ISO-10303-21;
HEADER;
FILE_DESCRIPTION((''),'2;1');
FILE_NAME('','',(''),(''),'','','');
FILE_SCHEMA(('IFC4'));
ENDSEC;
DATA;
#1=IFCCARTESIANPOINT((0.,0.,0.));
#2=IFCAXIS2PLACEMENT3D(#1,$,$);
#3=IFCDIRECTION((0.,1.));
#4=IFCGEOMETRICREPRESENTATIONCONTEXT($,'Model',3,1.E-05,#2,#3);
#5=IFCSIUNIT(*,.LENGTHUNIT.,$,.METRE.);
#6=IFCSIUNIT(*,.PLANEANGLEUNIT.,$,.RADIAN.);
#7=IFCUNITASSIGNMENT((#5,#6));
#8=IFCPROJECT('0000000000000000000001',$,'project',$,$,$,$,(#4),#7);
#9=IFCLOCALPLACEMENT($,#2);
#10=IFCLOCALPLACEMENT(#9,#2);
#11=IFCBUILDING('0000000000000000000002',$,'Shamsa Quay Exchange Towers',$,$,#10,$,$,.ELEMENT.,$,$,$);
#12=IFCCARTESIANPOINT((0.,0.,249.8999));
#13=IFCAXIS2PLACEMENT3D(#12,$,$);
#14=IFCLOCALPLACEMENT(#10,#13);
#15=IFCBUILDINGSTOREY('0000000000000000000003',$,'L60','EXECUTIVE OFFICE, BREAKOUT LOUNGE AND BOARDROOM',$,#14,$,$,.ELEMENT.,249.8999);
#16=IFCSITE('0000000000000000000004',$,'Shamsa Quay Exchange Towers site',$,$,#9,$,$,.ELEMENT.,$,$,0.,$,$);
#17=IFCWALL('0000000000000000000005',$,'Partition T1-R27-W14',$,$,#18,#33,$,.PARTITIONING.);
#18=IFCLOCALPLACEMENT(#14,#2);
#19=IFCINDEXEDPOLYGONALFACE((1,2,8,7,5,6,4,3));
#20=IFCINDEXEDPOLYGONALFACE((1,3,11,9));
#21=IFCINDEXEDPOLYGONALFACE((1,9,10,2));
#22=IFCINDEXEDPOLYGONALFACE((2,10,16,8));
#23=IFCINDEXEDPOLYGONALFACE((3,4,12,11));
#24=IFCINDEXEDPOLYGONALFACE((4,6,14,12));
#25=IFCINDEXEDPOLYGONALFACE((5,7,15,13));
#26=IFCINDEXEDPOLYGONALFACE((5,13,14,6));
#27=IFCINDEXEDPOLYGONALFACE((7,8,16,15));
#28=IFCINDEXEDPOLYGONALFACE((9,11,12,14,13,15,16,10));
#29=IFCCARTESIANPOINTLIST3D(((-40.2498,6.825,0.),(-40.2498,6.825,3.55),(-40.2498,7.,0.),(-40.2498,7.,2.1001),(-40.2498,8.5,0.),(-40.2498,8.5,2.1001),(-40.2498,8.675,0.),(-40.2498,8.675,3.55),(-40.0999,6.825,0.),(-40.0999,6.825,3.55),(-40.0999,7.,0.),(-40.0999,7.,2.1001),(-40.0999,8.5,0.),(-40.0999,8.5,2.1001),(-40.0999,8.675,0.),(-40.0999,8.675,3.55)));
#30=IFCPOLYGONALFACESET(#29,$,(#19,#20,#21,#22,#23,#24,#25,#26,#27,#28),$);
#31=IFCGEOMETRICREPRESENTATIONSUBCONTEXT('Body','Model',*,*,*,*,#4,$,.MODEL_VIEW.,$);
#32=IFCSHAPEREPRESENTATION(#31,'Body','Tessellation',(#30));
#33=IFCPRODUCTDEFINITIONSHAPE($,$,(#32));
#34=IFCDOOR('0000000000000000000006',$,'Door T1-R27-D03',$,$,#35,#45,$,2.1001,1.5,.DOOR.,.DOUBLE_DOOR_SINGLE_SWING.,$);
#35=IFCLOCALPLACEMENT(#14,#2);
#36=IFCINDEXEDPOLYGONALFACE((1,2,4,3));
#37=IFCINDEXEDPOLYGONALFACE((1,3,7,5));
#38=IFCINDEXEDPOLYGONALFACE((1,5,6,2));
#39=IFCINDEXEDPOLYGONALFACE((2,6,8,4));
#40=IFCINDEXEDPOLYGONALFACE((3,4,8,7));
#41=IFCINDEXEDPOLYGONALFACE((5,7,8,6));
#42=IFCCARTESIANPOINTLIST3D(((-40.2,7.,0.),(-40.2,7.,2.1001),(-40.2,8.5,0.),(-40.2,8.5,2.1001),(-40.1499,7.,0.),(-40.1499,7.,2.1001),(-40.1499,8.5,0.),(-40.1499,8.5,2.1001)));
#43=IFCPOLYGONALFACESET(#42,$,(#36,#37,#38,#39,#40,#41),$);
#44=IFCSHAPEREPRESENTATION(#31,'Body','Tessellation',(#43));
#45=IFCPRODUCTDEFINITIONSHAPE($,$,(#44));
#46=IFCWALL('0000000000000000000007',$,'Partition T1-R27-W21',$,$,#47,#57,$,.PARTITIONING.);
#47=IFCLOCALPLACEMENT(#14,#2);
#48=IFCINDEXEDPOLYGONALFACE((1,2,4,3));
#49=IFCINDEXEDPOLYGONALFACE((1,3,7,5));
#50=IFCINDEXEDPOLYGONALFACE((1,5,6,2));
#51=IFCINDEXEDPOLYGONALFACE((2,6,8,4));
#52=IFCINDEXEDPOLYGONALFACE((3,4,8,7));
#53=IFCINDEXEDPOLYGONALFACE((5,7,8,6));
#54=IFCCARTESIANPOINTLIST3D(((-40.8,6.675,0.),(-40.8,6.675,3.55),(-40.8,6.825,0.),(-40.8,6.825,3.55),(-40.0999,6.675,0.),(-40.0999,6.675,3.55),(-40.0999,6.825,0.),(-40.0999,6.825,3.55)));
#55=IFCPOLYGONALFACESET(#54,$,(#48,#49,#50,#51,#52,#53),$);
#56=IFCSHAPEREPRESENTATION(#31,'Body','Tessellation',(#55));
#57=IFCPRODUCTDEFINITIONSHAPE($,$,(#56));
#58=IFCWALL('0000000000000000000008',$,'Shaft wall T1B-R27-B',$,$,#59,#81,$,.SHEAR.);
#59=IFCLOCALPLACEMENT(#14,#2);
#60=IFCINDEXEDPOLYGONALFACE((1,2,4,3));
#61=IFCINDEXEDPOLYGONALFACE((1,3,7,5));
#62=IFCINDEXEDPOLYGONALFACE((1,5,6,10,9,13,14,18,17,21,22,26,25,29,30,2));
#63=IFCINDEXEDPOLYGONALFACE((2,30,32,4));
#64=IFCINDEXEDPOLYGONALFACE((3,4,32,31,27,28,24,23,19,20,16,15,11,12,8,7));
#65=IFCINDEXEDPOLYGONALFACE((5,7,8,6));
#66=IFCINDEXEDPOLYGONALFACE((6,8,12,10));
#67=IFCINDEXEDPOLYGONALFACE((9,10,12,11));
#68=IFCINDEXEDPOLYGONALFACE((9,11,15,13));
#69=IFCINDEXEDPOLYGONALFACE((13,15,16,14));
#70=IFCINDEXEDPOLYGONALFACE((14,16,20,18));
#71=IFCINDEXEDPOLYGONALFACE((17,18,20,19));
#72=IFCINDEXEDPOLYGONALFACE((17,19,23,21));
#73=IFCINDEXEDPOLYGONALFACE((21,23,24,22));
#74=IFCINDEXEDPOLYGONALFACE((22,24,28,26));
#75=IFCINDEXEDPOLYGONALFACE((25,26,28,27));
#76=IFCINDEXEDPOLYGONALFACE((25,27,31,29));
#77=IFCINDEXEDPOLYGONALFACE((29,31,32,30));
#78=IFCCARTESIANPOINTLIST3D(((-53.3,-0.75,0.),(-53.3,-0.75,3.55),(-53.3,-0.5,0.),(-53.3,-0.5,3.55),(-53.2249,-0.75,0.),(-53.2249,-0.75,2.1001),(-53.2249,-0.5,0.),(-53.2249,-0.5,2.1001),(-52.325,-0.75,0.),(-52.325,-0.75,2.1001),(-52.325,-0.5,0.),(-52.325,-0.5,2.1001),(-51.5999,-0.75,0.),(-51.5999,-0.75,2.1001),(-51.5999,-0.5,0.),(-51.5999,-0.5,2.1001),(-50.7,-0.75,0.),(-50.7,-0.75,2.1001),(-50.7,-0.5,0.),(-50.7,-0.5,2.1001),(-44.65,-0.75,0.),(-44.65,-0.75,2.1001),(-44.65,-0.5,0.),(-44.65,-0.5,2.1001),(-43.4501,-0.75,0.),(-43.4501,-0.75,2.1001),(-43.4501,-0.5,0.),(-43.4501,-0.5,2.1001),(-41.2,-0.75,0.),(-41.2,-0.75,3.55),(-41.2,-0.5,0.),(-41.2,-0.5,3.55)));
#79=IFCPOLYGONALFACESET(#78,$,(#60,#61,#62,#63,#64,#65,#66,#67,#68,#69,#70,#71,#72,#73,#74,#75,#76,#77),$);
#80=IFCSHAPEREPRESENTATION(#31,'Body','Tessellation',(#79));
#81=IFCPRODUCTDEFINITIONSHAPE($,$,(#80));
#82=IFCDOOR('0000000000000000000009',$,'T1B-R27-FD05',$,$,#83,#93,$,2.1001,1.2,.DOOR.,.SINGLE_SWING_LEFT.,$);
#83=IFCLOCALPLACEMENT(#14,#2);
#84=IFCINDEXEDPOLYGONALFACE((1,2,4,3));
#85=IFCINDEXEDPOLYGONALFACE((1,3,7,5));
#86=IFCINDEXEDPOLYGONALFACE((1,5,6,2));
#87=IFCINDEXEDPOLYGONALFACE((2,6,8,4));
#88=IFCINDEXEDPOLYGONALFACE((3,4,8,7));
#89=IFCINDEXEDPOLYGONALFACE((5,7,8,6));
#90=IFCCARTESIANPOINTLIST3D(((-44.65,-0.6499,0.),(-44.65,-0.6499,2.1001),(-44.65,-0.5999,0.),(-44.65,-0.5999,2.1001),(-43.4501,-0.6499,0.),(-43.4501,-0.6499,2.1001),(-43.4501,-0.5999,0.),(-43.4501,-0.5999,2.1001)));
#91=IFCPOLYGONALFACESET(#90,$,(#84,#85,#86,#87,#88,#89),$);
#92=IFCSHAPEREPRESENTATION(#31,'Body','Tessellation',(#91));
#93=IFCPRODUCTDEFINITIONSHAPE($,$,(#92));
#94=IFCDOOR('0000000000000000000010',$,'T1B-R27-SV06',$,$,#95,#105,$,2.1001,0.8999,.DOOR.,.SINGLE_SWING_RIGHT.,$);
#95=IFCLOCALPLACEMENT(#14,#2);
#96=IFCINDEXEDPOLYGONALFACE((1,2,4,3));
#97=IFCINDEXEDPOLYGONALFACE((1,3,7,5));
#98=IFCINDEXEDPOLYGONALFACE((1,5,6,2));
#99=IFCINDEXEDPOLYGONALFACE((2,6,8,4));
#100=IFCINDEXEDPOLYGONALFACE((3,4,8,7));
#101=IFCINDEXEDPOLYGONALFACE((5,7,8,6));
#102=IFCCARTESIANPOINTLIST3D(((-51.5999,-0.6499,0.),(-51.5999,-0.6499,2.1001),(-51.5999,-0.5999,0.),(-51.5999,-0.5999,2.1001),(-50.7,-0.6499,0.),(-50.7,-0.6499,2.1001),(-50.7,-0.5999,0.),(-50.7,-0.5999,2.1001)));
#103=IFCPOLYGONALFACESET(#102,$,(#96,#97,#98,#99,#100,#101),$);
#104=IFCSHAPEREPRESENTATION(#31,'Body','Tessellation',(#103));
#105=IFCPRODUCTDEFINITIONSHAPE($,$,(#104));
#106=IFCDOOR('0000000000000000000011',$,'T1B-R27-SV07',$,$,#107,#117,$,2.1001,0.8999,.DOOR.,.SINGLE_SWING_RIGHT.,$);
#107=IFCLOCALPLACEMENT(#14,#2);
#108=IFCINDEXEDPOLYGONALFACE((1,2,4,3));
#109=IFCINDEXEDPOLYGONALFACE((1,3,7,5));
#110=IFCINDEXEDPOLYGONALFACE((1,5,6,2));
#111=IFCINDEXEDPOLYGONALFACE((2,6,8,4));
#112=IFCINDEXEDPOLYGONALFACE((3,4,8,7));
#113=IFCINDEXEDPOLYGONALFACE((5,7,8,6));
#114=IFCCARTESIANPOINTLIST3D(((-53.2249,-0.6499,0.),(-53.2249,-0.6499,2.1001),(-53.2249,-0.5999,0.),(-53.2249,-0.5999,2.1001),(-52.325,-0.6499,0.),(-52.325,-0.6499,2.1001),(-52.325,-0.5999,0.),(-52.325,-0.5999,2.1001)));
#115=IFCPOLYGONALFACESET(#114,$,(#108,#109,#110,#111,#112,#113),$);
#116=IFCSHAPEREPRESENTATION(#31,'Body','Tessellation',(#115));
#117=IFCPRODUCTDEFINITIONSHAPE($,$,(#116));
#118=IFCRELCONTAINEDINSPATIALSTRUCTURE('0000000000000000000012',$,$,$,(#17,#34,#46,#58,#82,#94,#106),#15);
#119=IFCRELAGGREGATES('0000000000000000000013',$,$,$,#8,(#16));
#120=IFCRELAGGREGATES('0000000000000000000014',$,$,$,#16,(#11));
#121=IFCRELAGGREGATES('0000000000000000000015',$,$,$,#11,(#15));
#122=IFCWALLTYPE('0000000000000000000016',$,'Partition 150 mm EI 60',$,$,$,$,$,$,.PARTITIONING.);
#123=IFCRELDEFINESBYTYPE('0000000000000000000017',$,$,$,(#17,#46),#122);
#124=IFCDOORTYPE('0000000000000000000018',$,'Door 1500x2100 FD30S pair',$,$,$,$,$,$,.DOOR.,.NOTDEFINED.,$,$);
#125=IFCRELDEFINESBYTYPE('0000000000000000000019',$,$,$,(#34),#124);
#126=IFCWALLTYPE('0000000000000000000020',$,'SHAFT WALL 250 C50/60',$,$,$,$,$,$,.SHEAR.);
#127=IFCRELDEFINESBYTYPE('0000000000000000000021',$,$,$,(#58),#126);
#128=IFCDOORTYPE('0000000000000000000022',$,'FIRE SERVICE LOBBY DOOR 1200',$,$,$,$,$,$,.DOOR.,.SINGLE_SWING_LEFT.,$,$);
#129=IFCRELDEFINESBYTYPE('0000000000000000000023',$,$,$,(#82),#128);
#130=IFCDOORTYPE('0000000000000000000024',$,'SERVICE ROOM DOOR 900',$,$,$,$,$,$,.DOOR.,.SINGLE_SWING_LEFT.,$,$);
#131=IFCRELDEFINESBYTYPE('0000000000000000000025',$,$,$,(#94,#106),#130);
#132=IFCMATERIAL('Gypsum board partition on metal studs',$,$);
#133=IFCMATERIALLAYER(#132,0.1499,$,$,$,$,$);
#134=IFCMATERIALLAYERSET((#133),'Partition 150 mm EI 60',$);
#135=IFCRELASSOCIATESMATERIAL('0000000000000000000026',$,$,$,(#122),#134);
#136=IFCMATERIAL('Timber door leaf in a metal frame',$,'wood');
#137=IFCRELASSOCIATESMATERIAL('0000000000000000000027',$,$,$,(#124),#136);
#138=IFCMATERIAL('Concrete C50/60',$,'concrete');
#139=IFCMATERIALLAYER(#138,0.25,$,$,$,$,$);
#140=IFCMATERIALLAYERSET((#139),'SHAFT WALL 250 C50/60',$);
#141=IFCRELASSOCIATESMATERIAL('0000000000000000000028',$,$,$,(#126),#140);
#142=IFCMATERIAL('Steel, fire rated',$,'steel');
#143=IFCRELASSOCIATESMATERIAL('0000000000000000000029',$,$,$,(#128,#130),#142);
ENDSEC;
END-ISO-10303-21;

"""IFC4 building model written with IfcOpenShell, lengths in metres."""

from ifc_helpers import new_model, si_unit, direction, frame, frame_2d, origin, place, context, subcontext, project, spatial, rectangle, extrude, material, layer, layer_set, type_object, element, fill, save


model = new_model("IFC4")

# Units and contexts
model_context = context("Model", 3, precision=1e-05, world=origin(), true_north=direction((0.0, 1.0)))
body_context = subcontext(model_context, "Body", "Model", "MODEL_VIEW")
ifc_project = project(units=[si_unit("LENGTHUNIT", "METRE"), si_unit("PLANEANGLEUNIT", "RADIAN")], contexts=[model_context])

# Site, building, storey
site_placement = place(None, origin())
site = spatial("IfcSite", under=ifc_project, at=site_placement, Name="Shamsa Quay Exchange Towers site", CompositionType="ELEMENT", RefElevation=0.0)
building_placement = place(site_placement, origin())
building = spatial("IfcBuilding", under=site, at=building_placement, Name="Shamsa Quay Exchange Towers", CompositionType="ELEMENT")
storey_placement = place(building_placement, frame((0.0, 0.0, 249.8999)))
storey = spatial("IfcBuildingStorey", under=building, at=storey_placement, Name="L60", Description="EXECUTIVE OFFICE, BREAKOUT LOUNGE AND BOARDROOM", CompositionType="ELEMENT", Elevation=249.8999)

# Shared definitions
ifc_material_1 = material(Name="Timber door leaf in a metal frame", Category="wood")

# Shared definitions
ifc_material_2 = material(Name="Gypsum board partition on metal studs")

# Shared definitions
ifc_layer_1 = layer(ifc_material_2, 0.1499)
ifc_layer_set_1 = layer_set([ifc_layer_1], Name="Partition 150 mm EI 60")
wall_type_1 = type_object("IfcWallType", Name="Partition 150 mm EI 60", PredefinedType="PARTITIONING", material=ifc_layer_set_1)

# Wall, opening, door
wall_1_placement = place(storey_placement, frame((-40.1748, 8.675, 0.0), z_axis=(0.0, 0.0, 1.0), x_axis=(0.0, -1.0, 0.0)))
wall_1 = element("IfcWall", 1, at=wall_1_placement, inside=storey, type_object=wall_type_1, Name="Partition T1-R27-W14", PredefinedType="PARTITIONING", context=body_context, shape_type="SweptSolid", body=[
    extrude(rectangle(XDim=1.8501, YDim=0.1499, at=frame_2d((0.925, 0.0))), origin(), (0.0, 0.0, 1.0), 3.55),
])
opening_1_placement = place(wall_1_placement, frame((0.175, 0.0, 0.0)))
opening_1 = element("IfcOpeningElement", 2, at=opening_1_placement, cuts=wall_1, PredefinedType="OPENING", context=body_context, shape_type="SweptSolid", body=[
    extrude(rectangle(XDim=1.5, YDim=2.1001, at=frame_2d((0.75, 1.05))), frame((0.0, 0.085, 0.0), z_axis=(0.0, -1.0, 0.0), x_axis=(1.0, 0.0, 0.0)), (0.0, 0.0, 1.0), 0.1699),
])
door_type_1 = type_object("IfcDoorType", Name="Door 1500x2100 FD30S pair", OperationType="NOTDEFINED", PredefinedType="DOOR", material=ifc_material_1)
door_1_placement = place(opening_1_placement, origin())
door_1 = element("IfcDoor", 3, at=door_1_placement, inside=storey, type_object=door_type_1, Name="Door T1-R27-D03", OperationType="DOUBLE_DOOR_SINGLE_SWING", OverallHeight=2.1001, OverallWidth=1.5, PredefinedType="DOOR", context=body_context, shape_type="SweptSolid", body=[
    extrude(rectangle(XDim=1.5, YDim=2.1001, at=frame_2d((0.75, 1.05))), frame((0.0, 0.0249, 0.0), z_axis=(0.0, -1.0, 0.0), x_axis=(1.0, 0.0, 0.0)), (0.0, 0.0, 1.0), 0.05),
])
fill(opening_1, door_1)

# Wall
wall_2_placement = place(storey_placement, frame((-40.0999, 6.75, 0.0), z_axis=(0.0, 0.0, 1.0), x_axis=(-1.0, 0.0, 0.0)))
element("IfcWall", 4, at=wall_2_placement, inside=storey, type_object=wall_type_1, Name="Partition T1-R27-W21", PredefinedType="PARTITIONING", context=body_context, shape_type="SweptSolid", body=[
    extrude(rectangle(XDim=0.7002, YDim=0.1499, at=frame_2d((0.3501, 0.0))), origin(), (0.0, 0.0, 1.0), 3.55),
])

# Wall, openings, doors
ifc_material_3 = material(Name="Concrete C50/60", Category="concrete")
ifc_layer_2 = layer(ifc_material_3, 0.25)
ifc_layer_set_2 = layer_set([ifc_layer_2], Name="SHAFT WALL 250 C50/60")
wall_type_2 = type_object("IfcWallType", Name="SHAFT WALL 250 C50/60", PredefinedType="SHEAR", material=ifc_layer_set_2)
wall_3_placement = place(storey_placement, frame((-41.2, -0.625, 0.0), z_axis=(0.0, 0.0, 1.0), x_axis=(-1.0, 0.0, 0.0)))
wall_3 = element("IfcWall", 5, at=wall_3_placement, inside=storey, type_object=wall_type_2, Name="Shaft wall T1B-R27-B", PredefinedType="SHEAR", context=body_context, shape_type="SweptSolid", body=[
    extrude(rectangle(XDim=12.1001, YDim=0.25, at=frame_2d((6.05, 0.0))), origin(), (0.0, 0.0, 1.0), 3.55),
])
opening_2_placement = place(wall_3_placement, frame((2.25, 0.0, 0.0)))
opening_2 = element("IfcOpeningElement", 6, at=opening_2_placement, cuts=wall_3, PredefinedType="OPENING", context=body_context, shape_type="SweptSolid", body=[
    extrude(rectangle(XDim=1.2, YDim=2.1001, at=frame_2d((0.6001, 1.05))), frame((0.0, 0.135, 0.0), z_axis=(0.0, -1.0, 0.0), x_axis=(1.0, 0.0, 0.0)), (0.0, 0.0, 1.0), 0.27),
])
opening_3_placement = place(wall_3_placement, frame((9.5, 0.0, 0.0)))
opening_3 = element("IfcOpeningElement", 7, at=opening_3_placement, cuts=wall_3, PredefinedType="OPENING", context=body_context, shape_type="SweptSolid", body=[
    extrude(rectangle(XDim=0.8999, YDim=2.1001, at=frame_2d((0.45, 1.05))), frame((0.0, 0.135, 0.0), z_axis=(0.0, -1.0, 0.0), x_axis=(1.0, 0.0, 0.0)), (0.0, 0.0, 1.0), 0.27),
])
opening_4_placement = place(wall_3_placement, frame((11.125, 0.0, 0.0)))
opening_4 = element("IfcOpeningElement", 8, at=opening_4_placement, cuts=wall_3, PredefinedType="OPENING", context=body_context, shape_type="SweptSolid", body=[
    extrude(rectangle(XDim=0.8999, YDim=2.1001, at=frame_2d((0.45, 1.05))), frame((0.0, 0.135, 0.0), z_axis=(0.0, -1.0, 0.0), x_axis=(1.0, 0.0, 0.0)), (0.0, 0.0, 1.0), 0.27),
])
ifc_material_4 = material(Name="Steel, fire rated", Category="steel")
door_type_2 = type_object("IfcDoorType", Name="FIRE SERVICE LOBBY DOOR 1200", OperationType="SINGLE_SWING_LEFT", PredefinedType="DOOR", material=ifc_material_4)
door_2_placement = place(opening_2_placement, origin())
door_2 = element("IfcDoor", 9, at=door_2_placement, inside=storey, type_object=door_type_2, Name="T1B-R27-FD05", OperationType="SINGLE_SWING_LEFT", OverallHeight=2.1001, OverallWidth=1.2, PredefinedType="DOOR", context=body_context, shape_type="SweptSolid", body=[
    extrude(rectangle(XDim=1.2, YDim=2.1001, at=frame_2d((0.6001, 1.05))), frame((0.0, 0.0249, 0.0), z_axis=(0.0, -1.0, 0.0), x_axis=(1.0, 0.0, 0.0)), (0.0, 0.0, 1.0), 0.05),
])
fill(opening_2, door_2)
door_type_3 = type_object("IfcDoorType", Name="SERVICE ROOM DOOR 900", OperationType="SINGLE_SWING_LEFT", PredefinedType="DOOR", material=ifc_material_4)
door_3_placement = place(opening_3_placement, origin())
door_3 = element("IfcDoor", 10, at=door_3_placement, inside=storey, type_object=door_type_3, Name="T1B-R27-SV06", OperationType="SINGLE_SWING_RIGHT", OverallHeight=2.1001, OverallWidth=0.8999, PredefinedType="DOOR", context=body_context, shape_type="SweptSolid", body=[
    extrude(rectangle(XDim=0.8999, YDim=2.1001, at=frame_2d((0.45, 1.05))), frame((0.0, 0.0249, 0.0), z_axis=(0.0, -1.0, 0.0), x_axis=(1.0, 0.0, 0.0)), (0.0, 0.0, 1.0), 0.05),
])
fill(opening_3, door_3)
door_4_placement = place(opening_4_placement, origin())
door_4 = element("IfcDoor", 11, at=door_4_placement, inside=storey, type_object=door_type_3, Name="T1B-R27-SV07", OperationType="SINGLE_SWING_RIGHT", OverallHeight=2.1001, OverallWidth=0.8999, PredefinedType="DOOR", context=body_context, shape_type="SweptSolid", body=[
    extrude(rectangle(XDim=0.8999, YDim=2.1001, at=frame_2d((0.45, 1.05))), frame((0.0, 0.0249, 0.0), z_axis=(0.0, -1.0, 0.0), x_axis=(1.0, 0.0, 0.0)), (0.0, 0.0, 1.0), 0.05),
])
fill(opening_4, door_4)

save(model, "model.ifc")
